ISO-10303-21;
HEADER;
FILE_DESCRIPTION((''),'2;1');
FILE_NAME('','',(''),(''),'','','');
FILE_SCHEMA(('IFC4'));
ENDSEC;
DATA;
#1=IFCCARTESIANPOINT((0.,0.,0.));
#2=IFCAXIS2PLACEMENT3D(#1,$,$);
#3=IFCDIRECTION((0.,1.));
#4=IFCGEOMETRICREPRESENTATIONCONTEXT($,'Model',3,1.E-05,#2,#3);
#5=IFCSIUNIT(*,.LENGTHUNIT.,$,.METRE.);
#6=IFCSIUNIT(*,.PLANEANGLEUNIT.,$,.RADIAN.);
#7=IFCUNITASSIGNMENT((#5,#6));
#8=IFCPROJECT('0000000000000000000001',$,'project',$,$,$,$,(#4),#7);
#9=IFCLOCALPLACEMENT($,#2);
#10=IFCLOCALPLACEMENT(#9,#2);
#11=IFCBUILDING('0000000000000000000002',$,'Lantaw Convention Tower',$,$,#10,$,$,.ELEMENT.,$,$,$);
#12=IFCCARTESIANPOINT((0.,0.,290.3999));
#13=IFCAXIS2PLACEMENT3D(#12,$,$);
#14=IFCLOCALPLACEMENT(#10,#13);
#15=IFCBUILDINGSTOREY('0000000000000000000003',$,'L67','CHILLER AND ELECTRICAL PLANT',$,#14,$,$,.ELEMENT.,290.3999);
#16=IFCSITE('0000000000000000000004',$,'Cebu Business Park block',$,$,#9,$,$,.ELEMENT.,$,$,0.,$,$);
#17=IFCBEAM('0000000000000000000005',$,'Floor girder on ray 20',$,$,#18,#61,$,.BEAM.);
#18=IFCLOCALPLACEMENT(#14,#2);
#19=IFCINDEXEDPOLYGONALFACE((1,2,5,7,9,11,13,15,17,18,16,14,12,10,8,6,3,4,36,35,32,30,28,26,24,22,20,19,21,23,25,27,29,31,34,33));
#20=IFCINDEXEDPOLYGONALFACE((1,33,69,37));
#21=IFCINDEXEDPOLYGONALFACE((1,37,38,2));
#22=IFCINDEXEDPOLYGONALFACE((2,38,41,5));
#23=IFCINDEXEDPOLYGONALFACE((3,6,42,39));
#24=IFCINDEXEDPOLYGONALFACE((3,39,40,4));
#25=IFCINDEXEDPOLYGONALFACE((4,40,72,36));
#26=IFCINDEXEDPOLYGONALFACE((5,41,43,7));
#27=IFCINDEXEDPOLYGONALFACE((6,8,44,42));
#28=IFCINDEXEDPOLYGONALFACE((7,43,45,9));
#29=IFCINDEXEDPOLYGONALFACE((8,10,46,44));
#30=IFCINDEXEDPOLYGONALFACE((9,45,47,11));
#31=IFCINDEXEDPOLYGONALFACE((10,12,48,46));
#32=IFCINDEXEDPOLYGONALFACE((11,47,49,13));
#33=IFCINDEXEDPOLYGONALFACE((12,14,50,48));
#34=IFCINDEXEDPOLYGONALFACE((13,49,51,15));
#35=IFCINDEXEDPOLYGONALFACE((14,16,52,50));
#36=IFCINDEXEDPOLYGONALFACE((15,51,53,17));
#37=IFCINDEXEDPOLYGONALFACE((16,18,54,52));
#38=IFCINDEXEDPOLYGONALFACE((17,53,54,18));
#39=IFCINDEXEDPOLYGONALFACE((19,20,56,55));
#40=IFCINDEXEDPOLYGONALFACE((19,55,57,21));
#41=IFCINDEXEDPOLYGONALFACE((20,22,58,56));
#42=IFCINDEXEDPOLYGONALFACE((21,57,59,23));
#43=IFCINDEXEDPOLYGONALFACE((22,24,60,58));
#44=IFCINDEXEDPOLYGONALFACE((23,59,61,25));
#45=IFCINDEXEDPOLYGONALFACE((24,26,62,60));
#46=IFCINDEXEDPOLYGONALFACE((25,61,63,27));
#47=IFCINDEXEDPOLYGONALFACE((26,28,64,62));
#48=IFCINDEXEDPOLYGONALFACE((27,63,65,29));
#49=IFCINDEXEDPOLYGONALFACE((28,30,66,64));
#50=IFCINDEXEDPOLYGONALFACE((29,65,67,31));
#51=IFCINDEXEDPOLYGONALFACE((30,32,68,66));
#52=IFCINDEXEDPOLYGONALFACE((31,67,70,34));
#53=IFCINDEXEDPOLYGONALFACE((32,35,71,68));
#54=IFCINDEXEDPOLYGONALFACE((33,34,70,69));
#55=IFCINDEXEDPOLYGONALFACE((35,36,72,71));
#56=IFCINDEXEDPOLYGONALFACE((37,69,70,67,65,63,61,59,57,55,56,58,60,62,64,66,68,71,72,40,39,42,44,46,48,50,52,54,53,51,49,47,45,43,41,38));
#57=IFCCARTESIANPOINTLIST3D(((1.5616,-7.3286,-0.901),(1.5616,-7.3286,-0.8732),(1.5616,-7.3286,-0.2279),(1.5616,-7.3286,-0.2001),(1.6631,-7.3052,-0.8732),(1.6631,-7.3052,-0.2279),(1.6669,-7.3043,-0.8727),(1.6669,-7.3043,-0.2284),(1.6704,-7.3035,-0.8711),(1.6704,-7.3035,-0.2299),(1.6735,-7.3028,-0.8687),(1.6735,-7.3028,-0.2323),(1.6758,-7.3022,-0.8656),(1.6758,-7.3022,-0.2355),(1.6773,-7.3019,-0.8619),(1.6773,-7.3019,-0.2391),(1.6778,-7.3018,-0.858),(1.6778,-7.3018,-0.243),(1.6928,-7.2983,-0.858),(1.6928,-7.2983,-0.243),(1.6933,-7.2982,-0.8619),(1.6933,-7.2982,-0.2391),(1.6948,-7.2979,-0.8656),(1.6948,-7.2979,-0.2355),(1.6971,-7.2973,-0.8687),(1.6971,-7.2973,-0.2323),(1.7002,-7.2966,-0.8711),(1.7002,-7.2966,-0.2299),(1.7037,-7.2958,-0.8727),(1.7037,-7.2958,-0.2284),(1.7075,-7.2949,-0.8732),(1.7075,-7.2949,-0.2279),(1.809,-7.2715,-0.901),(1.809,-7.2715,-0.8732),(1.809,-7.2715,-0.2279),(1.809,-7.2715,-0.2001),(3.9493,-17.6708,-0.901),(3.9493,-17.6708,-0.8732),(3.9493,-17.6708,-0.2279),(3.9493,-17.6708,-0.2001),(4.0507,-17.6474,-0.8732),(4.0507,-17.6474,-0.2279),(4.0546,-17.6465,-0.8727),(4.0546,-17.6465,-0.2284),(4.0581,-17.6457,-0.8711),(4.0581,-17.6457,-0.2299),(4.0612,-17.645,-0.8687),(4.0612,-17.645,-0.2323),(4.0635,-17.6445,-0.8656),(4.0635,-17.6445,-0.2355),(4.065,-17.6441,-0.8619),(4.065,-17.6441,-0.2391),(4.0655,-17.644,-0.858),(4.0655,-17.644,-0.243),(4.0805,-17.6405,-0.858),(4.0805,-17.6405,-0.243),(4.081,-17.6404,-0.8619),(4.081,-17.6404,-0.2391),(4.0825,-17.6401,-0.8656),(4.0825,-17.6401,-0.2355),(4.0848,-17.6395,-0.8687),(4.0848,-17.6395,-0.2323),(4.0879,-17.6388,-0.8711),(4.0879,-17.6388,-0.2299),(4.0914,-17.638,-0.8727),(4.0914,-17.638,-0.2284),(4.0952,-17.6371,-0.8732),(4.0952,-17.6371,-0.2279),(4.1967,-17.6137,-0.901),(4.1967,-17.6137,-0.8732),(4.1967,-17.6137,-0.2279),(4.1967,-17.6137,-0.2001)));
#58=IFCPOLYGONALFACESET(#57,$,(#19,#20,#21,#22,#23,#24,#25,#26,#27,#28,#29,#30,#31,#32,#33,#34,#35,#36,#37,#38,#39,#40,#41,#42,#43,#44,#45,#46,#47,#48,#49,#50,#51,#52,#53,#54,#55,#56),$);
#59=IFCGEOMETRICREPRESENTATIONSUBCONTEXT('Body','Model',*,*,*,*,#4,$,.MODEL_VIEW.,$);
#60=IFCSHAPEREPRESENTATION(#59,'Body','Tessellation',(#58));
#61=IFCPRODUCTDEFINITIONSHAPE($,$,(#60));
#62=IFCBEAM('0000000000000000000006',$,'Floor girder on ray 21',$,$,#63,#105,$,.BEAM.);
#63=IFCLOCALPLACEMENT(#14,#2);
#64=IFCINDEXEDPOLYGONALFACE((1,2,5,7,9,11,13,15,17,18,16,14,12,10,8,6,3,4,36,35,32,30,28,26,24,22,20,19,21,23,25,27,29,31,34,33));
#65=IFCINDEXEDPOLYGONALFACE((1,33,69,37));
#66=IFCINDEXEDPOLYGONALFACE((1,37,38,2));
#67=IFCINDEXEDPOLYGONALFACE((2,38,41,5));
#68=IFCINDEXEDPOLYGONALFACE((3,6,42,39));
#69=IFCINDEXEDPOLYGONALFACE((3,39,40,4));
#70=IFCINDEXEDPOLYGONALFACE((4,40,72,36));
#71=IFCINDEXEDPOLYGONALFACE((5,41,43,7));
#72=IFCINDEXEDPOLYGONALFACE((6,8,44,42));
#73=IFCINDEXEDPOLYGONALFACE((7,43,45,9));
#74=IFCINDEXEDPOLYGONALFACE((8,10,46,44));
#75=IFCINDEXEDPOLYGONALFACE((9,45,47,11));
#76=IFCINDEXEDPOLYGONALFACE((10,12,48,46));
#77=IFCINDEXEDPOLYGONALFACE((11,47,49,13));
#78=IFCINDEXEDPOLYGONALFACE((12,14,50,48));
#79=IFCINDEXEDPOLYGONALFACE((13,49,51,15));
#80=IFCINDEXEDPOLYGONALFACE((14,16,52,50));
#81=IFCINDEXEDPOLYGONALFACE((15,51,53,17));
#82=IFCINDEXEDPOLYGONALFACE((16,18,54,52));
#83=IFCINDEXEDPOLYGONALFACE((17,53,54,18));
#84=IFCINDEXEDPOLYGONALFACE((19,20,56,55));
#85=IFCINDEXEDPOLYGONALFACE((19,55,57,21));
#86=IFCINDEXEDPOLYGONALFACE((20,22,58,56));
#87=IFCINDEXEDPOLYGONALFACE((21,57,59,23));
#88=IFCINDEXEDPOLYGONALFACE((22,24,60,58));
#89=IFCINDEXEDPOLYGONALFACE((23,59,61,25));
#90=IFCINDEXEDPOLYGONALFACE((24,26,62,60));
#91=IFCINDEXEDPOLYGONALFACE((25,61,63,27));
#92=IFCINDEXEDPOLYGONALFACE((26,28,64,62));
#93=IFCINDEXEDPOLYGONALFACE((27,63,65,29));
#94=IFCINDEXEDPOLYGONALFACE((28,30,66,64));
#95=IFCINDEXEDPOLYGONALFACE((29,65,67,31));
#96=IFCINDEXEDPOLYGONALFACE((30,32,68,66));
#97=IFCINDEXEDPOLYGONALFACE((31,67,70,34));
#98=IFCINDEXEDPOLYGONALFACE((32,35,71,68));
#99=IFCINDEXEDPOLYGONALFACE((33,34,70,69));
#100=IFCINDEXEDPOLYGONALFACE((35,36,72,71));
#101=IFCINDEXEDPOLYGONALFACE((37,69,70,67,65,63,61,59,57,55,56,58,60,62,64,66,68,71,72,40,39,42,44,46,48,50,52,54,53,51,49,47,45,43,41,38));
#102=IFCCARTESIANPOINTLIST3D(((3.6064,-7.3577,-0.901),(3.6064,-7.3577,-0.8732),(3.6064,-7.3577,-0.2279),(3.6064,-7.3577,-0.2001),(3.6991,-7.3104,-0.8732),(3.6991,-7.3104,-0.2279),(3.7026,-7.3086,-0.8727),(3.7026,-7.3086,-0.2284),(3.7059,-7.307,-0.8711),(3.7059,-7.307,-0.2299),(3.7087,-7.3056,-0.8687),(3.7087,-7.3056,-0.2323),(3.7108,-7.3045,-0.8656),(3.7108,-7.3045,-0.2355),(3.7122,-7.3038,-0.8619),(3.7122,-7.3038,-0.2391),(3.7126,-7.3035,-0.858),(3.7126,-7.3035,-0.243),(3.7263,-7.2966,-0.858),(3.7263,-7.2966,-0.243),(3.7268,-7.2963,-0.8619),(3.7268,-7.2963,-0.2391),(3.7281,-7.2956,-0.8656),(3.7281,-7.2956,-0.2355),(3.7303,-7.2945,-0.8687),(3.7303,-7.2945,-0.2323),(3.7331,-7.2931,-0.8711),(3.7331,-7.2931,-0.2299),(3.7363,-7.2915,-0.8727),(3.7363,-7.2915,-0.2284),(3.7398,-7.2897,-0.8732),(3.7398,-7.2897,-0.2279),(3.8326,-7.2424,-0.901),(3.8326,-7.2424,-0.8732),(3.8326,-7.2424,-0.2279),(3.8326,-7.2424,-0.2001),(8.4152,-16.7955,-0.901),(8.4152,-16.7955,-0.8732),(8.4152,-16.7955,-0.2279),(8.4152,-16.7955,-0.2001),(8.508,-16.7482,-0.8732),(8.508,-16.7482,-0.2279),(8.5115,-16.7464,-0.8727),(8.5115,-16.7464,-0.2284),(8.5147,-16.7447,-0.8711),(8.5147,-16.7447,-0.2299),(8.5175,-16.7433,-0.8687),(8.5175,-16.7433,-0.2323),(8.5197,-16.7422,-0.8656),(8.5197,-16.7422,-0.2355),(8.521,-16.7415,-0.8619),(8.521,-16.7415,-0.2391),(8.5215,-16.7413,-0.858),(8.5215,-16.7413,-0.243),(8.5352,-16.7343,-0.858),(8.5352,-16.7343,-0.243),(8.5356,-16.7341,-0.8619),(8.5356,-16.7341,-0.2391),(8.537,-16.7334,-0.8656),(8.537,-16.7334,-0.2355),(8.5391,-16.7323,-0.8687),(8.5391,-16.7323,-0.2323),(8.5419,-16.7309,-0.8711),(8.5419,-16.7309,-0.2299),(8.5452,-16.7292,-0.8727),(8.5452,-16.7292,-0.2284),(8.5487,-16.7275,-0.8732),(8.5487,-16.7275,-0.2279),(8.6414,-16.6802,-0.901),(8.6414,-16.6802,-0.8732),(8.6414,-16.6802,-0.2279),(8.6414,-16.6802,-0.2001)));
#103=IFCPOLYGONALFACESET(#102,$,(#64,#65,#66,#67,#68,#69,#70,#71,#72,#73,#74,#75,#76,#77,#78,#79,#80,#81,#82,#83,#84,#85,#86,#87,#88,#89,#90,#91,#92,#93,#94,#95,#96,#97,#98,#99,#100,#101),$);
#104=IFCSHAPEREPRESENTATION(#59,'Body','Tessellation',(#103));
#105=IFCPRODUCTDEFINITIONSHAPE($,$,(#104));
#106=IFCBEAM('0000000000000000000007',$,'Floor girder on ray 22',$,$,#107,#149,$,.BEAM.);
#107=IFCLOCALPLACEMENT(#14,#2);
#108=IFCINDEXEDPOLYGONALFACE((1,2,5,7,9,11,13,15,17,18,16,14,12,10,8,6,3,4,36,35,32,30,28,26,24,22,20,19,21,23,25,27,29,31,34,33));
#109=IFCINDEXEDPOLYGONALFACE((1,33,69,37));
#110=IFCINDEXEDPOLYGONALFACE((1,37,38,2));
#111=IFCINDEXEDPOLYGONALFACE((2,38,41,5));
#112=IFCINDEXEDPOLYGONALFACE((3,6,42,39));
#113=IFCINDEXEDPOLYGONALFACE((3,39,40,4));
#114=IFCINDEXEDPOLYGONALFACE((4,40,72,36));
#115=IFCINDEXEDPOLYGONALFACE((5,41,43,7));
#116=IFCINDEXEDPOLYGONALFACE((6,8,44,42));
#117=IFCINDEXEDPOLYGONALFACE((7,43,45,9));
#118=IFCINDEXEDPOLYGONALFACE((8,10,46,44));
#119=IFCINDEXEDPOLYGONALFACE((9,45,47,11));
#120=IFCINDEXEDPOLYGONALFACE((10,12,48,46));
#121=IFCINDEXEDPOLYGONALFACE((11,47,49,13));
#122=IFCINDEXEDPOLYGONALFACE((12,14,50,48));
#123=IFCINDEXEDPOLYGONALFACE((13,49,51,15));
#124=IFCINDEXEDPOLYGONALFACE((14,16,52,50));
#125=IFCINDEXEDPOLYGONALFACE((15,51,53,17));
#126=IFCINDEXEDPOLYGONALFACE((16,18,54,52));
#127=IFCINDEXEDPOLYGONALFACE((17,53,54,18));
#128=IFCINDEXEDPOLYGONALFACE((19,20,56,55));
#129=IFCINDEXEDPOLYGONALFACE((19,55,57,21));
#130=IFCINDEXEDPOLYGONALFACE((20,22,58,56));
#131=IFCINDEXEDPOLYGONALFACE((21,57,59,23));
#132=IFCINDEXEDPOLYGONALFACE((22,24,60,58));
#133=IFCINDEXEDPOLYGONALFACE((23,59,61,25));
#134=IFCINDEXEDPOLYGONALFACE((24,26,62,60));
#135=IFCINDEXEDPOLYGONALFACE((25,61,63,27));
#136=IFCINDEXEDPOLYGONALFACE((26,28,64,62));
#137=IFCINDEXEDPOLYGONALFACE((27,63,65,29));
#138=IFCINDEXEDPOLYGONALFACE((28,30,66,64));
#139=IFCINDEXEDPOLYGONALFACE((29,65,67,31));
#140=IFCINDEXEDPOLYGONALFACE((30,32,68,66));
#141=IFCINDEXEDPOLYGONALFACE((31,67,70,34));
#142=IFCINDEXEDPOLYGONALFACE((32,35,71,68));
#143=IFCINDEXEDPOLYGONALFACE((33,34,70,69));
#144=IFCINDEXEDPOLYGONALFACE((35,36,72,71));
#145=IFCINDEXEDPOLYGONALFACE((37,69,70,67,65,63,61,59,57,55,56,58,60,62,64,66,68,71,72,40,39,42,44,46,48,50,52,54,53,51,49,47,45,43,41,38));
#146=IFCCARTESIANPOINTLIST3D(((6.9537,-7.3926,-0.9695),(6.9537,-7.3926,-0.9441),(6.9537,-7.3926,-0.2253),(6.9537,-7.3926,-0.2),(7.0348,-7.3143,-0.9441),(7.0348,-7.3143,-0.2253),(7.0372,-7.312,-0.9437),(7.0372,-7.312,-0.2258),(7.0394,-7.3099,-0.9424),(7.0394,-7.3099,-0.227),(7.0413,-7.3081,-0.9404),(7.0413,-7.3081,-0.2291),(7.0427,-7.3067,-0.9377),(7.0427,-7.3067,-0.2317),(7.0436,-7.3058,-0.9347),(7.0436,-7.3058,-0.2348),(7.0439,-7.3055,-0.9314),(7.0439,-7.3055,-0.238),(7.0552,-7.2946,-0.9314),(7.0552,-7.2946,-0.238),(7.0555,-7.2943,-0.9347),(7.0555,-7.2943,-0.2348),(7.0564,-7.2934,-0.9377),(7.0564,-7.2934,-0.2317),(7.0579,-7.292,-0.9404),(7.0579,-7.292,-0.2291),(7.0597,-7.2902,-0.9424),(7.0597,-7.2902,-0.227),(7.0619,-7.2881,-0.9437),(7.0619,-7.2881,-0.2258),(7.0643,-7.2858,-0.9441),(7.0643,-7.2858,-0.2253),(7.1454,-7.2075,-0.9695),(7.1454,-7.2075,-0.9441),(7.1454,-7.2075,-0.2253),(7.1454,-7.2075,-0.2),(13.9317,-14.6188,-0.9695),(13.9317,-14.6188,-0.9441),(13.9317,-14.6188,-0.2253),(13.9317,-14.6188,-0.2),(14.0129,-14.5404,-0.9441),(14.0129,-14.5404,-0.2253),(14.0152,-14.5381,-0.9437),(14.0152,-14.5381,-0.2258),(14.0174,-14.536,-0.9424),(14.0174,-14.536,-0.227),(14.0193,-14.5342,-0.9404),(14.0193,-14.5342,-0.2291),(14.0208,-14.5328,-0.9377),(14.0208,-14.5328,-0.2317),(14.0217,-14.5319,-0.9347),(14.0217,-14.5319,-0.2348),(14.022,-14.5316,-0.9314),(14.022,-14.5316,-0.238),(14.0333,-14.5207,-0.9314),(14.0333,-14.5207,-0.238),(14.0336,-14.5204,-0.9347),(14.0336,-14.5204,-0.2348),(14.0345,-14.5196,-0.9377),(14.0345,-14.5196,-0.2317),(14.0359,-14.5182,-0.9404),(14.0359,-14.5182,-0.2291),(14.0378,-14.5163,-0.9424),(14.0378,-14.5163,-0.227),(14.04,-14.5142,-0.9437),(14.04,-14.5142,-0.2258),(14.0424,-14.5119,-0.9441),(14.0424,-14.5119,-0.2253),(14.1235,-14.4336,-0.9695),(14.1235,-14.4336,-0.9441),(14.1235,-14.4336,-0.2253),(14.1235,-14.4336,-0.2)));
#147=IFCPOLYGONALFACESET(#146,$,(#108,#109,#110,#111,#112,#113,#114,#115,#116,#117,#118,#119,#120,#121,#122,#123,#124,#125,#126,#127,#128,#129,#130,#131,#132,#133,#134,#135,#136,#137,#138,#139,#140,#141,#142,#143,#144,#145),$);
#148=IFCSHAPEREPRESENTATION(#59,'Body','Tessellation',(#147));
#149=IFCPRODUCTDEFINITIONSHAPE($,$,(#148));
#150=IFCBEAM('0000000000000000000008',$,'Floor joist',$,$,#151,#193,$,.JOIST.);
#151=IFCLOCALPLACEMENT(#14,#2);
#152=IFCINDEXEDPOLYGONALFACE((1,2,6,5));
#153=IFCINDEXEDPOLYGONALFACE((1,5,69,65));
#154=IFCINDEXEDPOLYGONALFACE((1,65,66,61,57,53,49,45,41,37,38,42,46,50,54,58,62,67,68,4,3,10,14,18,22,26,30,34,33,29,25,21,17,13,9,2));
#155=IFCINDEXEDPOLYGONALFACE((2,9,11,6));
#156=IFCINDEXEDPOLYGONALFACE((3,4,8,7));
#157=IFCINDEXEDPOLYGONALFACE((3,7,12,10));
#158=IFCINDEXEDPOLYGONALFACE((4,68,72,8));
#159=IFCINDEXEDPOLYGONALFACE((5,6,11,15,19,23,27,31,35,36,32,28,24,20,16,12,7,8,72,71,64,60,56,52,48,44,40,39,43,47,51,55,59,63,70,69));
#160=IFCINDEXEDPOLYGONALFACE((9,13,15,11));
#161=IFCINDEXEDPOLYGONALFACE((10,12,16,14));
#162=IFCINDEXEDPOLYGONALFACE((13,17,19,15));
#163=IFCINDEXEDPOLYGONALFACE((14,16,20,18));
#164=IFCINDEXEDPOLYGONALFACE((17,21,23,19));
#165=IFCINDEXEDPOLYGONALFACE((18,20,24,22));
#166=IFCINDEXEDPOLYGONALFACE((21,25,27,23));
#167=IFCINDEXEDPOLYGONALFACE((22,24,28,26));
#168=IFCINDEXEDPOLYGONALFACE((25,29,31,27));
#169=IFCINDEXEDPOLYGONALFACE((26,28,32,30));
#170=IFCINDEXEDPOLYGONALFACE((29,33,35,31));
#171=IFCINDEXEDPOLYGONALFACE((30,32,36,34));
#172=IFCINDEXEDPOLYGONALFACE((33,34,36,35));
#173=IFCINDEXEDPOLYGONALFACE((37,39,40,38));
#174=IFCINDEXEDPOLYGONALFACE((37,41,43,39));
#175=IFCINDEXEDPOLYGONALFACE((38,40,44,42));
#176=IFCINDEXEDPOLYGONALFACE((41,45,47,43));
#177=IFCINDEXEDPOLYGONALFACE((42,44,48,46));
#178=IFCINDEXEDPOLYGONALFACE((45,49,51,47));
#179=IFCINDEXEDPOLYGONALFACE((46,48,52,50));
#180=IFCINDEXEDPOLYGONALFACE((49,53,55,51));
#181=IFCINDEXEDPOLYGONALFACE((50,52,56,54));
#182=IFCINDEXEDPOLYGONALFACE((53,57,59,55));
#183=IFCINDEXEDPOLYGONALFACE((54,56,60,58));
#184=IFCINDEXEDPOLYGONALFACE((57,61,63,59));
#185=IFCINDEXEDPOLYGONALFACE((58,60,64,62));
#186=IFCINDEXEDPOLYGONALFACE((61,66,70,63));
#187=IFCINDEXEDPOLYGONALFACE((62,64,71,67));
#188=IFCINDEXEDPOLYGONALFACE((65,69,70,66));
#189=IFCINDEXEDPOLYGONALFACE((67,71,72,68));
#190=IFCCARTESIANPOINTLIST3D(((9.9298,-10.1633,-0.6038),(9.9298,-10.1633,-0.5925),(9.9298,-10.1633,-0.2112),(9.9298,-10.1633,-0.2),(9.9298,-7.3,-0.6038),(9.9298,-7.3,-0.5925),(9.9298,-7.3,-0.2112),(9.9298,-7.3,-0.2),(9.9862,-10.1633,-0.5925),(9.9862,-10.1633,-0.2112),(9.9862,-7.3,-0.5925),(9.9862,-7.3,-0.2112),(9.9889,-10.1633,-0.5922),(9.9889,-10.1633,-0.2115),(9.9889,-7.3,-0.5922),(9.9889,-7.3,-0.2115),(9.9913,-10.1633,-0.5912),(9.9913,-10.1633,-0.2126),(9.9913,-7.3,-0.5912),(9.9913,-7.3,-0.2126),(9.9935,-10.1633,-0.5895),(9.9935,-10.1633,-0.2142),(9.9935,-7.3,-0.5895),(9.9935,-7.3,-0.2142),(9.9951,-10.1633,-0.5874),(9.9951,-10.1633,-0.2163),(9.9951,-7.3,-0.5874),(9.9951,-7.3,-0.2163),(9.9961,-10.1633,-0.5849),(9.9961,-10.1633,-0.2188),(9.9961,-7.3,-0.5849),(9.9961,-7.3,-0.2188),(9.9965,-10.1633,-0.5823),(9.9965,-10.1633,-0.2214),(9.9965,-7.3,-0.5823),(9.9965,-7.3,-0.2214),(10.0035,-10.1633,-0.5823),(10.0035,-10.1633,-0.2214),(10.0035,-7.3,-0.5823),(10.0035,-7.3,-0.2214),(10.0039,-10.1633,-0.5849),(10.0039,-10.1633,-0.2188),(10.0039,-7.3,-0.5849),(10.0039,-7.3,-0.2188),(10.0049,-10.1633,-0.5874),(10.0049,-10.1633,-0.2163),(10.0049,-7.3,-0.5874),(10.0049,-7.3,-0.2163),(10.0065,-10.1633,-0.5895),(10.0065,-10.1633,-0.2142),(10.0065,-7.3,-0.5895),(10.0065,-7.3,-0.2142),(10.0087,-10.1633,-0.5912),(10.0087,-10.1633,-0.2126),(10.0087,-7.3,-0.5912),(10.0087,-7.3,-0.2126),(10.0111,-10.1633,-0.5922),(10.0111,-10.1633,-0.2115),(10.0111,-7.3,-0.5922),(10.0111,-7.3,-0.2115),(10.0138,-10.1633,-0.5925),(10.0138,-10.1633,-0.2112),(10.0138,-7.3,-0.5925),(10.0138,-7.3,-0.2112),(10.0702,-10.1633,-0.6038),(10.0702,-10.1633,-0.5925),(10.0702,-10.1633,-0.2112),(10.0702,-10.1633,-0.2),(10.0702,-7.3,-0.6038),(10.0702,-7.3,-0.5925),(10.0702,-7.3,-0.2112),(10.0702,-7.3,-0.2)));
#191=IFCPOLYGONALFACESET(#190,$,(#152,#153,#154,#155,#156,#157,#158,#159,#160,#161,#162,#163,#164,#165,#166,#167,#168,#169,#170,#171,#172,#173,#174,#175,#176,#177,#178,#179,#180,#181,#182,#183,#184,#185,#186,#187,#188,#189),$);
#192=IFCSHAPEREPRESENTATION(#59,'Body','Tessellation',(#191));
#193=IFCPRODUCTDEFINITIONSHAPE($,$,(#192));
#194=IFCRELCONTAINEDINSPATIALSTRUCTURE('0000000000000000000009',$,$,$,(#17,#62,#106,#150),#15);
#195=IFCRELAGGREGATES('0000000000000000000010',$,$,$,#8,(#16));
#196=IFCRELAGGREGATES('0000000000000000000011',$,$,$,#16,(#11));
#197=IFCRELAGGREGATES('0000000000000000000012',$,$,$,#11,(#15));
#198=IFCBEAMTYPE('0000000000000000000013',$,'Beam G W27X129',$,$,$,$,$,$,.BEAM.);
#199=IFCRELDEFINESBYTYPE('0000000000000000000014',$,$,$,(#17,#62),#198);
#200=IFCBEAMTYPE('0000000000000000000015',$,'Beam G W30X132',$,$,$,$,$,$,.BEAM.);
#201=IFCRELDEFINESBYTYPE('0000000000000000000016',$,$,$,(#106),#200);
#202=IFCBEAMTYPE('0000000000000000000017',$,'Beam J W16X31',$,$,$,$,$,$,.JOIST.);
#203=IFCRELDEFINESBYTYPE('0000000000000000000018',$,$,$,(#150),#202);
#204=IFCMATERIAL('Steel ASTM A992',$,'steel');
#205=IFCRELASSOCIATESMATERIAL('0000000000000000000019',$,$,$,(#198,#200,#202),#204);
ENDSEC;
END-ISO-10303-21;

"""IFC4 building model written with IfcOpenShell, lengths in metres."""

from ifc_helpers import new_model, si_unit, direction, frame, origin, origin_2d, place, context, subcontext, project, spatial, i_section, extrude, material, material_profile, profile_set, type_object, element, save


model = new_model("IFC4")

# Units and contexts
model_context = context("Model", 3, precision=1e-05, world=origin(), true_north=direction((0.0, 1.0)))
body_context = subcontext(model_context, "Body", "Model", "MODEL_VIEW")
ifc_project = project(units=[si_unit("LENGTHUNIT", "METRE"), si_unit("PLANEANGLEUNIT", "RADIAN")], contexts=[model_context])

# Site, building, storey
site_placement = place(None, origin())
site = spatial("IfcSite", under=ifc_project, at=site_placement, Name="Cebu Business Park block", CompositionType="ELEMENT", RefElevation=0.0)
building_placement = place(site_placement, origin())
building = spatial("IfcBuilding", under=site, at=building_placement, Name="Lantaw Convention Tower", CompositionType="ELEMENT")
storey_placement = place(building_placement, frame((0.0, 0.0, 290.3999)))
storey = spatial("IfcBuildingStorey", under=building, at=storey_placement, Name="L67", Description="CHILLER AND ELECTRICAL PLANT", CompositionType="ELEMENT", Elevation=290.3999)

# Beams
ifc_material_1 = material(Name="Steel ASTM A992", Category="steel")
ifc_material_profile_1 = material_profile(ifc_material_1, i_section(OverallWidth=0.2539, OverallDepth=0.7009, WebThickness=0.0154, FlangeThickness=0.0278, FilletRadius=0.0151, at=origin_2d()), Name="W27X129")
ifc_profile_set_1 = profile_set([ifc_material_profile_1], Name="Steel ASTM A992")
beam_type_1 = type_object("IfcBeamType", Name="Beam G W27X129", PredefinedType="BEAM", material=ifc_profile_set_1)
beam_1_placement = place(storey_placement, frame((1.6853, -7.3, -0.5505), z_axis=(0.22495, -0.97437, 0.0), x_axis=(0.97437, 0.22495, 0.0)))
element("IfcBeam", 1, at=beam_1_placement, inside=storey, type_object=beam_type_1, Name="Floor girder on ray 20", PredefinedType="BEAM", context=body_context, shape_type="SweptSolid", body=[
    extrude(i_section(OverallWidth=0.2539, OverallDepth=0.7009, WebThickness=0.0154, FlangeThickness=0.0278, FilletRadius=0.0151, at=origin_2d()), origin(), (0.0, 0.0, 1.0), 10.6143),
])
beam_2_placement = place(storey_placement, frame((3.7195, -7.3, -0.5505), z_axis=(0.453996, -0.891004, 0.0), x_axis=(0.891004, 0.453996, 0.0)))
element("IfcBeam", 2, at=beam_2_placement, inside=storey, type_object=beam_type_1, Name="Floor girder on ray 21", PredefinedType="BEAM", context=body_context, shape_type="SweptSolid", body=[
    extrude(i_section(OverallWidth=0.2539, OverallDepth=0.7009, WebThickness=0.0154, FlangeThickness=0.0278, FilletRadius=0.0151, at=origin_2d()), origin(), (0.0, 0.0, 1.0), 10.5923),
])
ifc_material_profile_2 = material_profile(ifc_material_1, i_section(OverallWidth=0.2666, OverallDepth=0.7695, WebThickness=0.0156, FlangeThickness=0.0254, FilletRadius=0.0127, at=origin_2d()), Name="W30X132")
ifc_profile_set_2 = profile_set([ifc_material_profile_2], Name="Steel ASTM A992")
beam_type_2 = type_object("IfcBeamType", Name="Beam G W30X132", PredefinedType="BEAM", material=ifc_profile_set_2)
beam_3_placement = place(storey_placement, frame((7.0496, -7.3, -0.5847), z_axis=(0.694653, -0.719345, 0.0), x_axis=(0.719345, 0.694653, 0.0)))
element("IfcBeam", 3, at=beam_3_placement, inside=storey, type_object=beam_type_2, Name="Floor girder on ray 22", PredefinedType="BEAM", context=body_context, shape_type="SweptSolid", body=[
    extrude(i_section(OverallWidth=0.2666, OverallDepth=0.7695, WebThickness=0.0156, FlangeThickness=0.0254, FilletRadius=0.0127, at=origin_2d()), origin(), (0.0, 0.0, 1.0), 10.0454),
])
ifc_material_profile_3 = material_profile(ifc_material_1, i_section(OverallWidth=0.1404, OverallDepth=0.4038, WebThickness=0.0071, FlangeThickness=0.0112, FilletRadius=0.0103, at=origin_2d()), Name="W16X31")
ifc_profile_set_3 = profile_set([ifc_material_profile_3], Name="Steel ASTM A992")
beam_type_3 = type_object("IfcBeamType", Name="Beam J W16X31", PredefinedType="JOIST", material=ifc_profile_set_3)
beam_4_placement = place(storey_placement, frame((10.0, -10.1633, -0.4019), z_axis=(0.0, 1.0, 0.0), x_axis=(-1.0, 0.0, 0.0)))
element("IfcBeam", 4, at=beam_4_placement, inside=storey, type_object=beam_type_3, Name="Floor joist", PredefinedType="JOIST", context=body_context, shape_type="SweptSolid", body=[
    extrude(i_section(OverallWidth=0.1404, OverallDepth=0.4038, WebThickness=0.0071, FlangeThickness=0.0112, FilletRadius=0.0103, at=origin_2d()), origin(), (0.0, 0.0, 1.0), 2.8633),
])

save(model, "model.ifc")
